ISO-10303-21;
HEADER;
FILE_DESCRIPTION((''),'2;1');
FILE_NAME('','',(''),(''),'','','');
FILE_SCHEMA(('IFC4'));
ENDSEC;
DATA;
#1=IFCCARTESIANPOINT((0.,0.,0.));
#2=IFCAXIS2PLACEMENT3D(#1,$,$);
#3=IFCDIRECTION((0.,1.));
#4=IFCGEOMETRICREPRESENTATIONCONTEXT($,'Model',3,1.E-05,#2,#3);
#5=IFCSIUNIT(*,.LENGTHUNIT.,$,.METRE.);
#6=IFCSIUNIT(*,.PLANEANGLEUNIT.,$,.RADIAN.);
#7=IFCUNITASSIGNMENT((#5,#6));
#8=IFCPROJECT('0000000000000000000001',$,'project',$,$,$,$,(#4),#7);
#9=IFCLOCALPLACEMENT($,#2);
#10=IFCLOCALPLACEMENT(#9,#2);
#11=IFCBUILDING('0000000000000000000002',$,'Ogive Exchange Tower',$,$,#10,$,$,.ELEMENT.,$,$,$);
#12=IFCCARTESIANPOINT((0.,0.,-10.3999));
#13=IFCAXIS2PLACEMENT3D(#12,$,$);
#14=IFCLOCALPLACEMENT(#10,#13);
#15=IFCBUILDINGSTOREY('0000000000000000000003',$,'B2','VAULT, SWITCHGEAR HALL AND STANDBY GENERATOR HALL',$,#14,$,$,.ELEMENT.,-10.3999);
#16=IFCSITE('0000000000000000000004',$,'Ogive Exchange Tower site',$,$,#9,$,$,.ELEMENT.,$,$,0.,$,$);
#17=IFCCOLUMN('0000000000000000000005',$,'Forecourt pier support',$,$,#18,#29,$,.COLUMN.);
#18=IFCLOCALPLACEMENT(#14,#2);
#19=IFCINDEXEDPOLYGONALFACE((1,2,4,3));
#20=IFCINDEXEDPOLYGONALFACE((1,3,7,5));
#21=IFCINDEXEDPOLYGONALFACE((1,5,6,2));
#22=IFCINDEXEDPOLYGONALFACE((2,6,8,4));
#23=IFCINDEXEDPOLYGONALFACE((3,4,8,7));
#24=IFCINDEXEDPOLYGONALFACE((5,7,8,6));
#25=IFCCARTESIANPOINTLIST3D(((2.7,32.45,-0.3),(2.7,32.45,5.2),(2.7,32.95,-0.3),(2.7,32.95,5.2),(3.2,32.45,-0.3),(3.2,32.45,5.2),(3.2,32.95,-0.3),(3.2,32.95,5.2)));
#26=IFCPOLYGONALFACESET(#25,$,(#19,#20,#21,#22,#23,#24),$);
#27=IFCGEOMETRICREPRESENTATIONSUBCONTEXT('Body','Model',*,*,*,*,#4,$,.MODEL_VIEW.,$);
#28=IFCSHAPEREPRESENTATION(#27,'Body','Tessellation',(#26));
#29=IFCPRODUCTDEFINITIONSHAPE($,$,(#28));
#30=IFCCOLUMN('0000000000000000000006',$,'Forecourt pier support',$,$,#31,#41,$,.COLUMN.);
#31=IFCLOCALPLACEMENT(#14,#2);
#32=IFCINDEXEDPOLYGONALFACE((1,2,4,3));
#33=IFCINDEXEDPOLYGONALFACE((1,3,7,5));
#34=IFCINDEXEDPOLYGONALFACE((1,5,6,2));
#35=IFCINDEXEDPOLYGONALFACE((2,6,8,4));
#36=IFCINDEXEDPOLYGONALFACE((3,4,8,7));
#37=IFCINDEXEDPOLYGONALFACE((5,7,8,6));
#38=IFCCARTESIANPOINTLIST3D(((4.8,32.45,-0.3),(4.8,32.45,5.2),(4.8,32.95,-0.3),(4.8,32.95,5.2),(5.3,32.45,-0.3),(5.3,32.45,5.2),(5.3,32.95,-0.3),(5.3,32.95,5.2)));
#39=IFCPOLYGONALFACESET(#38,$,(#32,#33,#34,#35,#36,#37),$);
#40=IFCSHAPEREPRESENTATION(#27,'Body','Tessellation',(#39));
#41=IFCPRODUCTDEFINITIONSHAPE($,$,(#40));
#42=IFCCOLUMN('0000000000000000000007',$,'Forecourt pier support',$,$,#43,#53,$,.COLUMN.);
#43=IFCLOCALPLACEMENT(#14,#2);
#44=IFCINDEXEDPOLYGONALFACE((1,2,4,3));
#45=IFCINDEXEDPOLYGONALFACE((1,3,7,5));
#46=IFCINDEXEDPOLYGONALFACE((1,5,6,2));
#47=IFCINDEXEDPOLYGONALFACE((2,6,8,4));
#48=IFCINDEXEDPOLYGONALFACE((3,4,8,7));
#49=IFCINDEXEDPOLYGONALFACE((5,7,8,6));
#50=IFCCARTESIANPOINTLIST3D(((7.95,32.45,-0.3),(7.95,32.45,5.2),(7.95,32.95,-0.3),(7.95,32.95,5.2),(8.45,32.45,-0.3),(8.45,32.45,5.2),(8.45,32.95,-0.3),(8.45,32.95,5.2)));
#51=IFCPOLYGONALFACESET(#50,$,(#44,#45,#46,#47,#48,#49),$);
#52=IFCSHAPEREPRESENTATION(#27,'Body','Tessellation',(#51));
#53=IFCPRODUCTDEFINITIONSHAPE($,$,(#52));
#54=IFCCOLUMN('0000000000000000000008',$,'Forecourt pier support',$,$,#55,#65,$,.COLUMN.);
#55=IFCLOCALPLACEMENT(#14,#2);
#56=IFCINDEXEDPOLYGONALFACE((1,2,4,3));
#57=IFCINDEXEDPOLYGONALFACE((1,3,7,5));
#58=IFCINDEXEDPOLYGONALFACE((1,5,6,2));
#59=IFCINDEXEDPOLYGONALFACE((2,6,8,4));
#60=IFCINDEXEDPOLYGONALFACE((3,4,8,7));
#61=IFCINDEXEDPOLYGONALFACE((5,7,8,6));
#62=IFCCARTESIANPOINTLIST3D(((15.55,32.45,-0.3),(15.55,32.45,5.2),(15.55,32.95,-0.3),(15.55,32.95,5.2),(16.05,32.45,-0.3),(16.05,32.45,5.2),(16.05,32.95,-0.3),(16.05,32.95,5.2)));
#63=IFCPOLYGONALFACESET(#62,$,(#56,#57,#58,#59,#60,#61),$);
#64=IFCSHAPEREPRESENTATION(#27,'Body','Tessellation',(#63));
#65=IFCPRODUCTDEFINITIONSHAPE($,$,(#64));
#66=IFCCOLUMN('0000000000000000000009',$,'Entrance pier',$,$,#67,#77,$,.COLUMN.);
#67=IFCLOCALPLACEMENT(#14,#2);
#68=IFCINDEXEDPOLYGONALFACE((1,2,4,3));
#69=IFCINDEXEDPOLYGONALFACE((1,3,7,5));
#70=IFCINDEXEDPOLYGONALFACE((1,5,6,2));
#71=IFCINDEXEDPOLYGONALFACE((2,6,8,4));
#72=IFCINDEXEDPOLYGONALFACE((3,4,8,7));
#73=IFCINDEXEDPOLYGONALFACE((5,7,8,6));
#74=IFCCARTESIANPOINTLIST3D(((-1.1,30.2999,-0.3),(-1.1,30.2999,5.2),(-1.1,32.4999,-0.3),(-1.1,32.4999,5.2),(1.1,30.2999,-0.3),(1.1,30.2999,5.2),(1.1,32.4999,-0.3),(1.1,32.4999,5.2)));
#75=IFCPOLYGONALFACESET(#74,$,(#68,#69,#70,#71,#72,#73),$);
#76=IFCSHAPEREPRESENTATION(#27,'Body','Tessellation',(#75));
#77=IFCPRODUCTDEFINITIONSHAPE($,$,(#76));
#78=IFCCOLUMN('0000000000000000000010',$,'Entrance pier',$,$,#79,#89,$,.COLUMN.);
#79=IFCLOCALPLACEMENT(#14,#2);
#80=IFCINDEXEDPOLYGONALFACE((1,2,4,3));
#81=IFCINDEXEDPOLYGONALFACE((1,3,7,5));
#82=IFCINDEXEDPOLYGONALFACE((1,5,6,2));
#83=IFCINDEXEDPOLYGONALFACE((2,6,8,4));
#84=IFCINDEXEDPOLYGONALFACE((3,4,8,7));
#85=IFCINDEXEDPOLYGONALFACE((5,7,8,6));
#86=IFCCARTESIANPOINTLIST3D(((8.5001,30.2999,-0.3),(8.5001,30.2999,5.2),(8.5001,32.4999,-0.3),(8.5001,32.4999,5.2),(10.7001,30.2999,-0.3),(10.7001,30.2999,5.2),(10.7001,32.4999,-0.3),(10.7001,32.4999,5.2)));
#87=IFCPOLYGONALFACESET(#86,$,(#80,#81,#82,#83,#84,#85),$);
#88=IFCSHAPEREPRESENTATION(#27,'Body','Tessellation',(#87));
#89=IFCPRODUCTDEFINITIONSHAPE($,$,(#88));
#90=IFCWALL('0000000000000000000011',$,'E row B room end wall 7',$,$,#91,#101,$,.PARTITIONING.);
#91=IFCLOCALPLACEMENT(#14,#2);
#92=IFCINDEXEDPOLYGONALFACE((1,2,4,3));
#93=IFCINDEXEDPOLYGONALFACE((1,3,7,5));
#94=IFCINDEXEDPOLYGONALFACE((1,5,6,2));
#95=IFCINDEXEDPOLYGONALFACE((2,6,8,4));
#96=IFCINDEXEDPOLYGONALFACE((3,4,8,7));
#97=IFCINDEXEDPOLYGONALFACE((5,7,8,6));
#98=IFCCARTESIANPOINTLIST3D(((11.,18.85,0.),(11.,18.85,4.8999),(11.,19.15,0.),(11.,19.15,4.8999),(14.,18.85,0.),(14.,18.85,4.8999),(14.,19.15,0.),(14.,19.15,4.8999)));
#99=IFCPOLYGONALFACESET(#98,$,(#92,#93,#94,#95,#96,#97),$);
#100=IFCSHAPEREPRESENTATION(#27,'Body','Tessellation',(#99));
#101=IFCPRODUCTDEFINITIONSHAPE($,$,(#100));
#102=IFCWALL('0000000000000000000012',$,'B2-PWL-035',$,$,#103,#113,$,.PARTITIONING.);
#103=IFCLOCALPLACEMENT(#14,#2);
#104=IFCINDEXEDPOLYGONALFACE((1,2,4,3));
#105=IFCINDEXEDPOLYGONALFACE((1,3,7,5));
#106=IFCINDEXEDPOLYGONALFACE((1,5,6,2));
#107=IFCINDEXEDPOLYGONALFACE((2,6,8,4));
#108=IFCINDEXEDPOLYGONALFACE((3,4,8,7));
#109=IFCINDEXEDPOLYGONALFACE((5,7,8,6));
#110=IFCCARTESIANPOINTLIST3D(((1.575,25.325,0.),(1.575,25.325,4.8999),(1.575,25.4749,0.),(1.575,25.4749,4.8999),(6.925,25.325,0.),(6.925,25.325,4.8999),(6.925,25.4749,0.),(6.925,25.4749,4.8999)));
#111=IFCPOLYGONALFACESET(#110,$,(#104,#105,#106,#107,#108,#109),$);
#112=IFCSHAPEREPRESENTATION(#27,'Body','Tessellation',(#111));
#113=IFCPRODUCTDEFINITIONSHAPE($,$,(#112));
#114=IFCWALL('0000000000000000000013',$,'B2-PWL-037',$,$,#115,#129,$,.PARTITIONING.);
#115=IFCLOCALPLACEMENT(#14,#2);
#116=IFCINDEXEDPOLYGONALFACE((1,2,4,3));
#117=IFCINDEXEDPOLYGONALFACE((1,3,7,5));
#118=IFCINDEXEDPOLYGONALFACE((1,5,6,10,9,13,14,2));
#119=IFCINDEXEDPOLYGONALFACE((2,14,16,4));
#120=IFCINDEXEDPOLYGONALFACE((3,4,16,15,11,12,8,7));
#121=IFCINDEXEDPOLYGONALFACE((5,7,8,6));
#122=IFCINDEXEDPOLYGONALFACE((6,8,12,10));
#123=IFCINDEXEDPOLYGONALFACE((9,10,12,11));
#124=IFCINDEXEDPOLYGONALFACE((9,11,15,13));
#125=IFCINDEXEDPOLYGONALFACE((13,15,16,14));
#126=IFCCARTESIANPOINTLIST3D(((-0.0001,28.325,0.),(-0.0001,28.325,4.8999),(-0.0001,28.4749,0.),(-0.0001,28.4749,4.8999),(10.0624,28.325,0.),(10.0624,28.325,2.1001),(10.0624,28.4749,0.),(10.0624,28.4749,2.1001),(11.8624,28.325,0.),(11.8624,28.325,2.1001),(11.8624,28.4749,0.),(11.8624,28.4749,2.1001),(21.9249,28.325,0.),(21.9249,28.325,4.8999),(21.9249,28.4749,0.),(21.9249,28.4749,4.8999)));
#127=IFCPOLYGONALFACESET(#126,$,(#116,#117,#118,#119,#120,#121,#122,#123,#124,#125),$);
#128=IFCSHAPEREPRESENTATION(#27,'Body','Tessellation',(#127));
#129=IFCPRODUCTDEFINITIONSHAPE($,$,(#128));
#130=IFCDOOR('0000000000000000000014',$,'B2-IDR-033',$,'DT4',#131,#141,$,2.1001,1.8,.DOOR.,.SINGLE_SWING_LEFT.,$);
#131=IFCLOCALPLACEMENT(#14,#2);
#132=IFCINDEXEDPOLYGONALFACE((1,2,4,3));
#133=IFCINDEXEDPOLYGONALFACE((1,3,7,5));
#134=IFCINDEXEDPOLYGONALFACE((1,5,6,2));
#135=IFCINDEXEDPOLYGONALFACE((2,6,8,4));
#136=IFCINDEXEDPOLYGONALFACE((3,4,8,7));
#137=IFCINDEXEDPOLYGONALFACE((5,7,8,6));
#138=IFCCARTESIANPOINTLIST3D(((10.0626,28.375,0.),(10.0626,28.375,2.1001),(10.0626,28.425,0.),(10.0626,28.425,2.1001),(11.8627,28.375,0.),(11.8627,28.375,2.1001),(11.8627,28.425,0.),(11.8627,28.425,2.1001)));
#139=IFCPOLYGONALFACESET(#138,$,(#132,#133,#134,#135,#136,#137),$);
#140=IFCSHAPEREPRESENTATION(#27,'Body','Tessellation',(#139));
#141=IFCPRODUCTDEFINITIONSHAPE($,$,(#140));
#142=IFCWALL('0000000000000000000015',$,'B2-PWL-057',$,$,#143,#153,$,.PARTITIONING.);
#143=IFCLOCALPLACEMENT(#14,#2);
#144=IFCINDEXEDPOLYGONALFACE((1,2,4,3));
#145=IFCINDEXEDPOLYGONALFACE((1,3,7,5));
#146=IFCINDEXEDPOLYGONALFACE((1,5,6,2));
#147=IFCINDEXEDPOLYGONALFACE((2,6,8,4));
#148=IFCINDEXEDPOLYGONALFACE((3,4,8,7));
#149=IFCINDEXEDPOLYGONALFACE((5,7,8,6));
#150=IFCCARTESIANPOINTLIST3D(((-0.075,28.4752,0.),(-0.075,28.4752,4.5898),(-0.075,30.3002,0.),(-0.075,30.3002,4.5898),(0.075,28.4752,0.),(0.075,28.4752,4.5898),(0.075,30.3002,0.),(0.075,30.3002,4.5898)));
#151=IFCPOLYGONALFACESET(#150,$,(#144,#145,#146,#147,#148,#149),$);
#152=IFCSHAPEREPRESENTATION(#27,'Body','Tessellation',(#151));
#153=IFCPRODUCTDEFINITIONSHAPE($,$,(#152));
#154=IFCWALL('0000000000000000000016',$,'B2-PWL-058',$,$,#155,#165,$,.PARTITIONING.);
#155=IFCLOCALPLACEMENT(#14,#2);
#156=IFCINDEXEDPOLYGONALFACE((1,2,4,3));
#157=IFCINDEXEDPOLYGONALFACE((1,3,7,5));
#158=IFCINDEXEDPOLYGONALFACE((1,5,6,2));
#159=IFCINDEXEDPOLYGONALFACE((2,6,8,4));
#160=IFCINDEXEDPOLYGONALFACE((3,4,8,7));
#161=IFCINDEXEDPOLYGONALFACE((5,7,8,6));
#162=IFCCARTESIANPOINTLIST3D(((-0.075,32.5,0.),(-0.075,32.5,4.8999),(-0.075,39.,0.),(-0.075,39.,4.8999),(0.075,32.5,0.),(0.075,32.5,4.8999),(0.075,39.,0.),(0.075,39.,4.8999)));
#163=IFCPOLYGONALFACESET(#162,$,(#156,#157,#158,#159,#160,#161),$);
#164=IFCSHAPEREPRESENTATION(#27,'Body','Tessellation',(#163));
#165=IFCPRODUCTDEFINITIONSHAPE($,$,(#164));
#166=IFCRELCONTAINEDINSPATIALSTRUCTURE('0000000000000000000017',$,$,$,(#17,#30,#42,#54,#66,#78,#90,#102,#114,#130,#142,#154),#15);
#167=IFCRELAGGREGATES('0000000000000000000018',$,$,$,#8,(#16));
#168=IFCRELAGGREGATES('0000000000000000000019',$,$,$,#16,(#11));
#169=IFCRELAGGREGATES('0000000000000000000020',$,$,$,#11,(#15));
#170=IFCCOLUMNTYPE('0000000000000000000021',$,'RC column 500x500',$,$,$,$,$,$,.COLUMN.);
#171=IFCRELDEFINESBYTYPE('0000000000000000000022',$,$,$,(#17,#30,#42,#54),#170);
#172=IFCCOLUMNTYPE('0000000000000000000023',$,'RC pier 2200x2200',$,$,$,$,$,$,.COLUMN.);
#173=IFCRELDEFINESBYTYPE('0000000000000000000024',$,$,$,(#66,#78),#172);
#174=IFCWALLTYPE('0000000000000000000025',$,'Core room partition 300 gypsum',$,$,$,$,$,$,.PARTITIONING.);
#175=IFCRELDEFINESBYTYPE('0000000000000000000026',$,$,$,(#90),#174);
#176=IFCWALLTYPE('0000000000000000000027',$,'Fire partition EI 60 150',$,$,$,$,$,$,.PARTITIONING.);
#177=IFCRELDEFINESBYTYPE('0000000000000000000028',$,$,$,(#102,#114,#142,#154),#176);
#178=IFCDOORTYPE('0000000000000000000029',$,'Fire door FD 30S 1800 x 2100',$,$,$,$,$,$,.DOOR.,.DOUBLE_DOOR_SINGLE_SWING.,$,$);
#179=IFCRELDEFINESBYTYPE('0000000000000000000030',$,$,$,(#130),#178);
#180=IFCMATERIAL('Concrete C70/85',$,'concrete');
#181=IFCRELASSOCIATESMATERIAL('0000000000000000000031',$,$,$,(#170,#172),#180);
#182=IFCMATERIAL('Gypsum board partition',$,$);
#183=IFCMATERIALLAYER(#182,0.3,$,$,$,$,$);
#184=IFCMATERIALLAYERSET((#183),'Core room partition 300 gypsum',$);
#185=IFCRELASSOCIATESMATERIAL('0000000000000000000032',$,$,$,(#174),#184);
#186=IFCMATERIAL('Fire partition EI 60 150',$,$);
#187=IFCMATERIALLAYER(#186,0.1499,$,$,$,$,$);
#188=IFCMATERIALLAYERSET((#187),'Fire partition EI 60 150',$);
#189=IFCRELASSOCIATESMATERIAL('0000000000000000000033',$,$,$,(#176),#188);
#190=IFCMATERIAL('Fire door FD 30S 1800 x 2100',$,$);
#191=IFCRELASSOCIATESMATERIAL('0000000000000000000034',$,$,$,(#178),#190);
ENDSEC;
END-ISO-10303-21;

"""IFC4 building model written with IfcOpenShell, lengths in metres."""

from ifc_helpers import new_model, si_unit, direction, frame, frame_2d, origin, origin_2d, place, context, subcontext, project, spatial, rectangle, extrude, material, layer, layer_set, material_profile, profile_set, type_object, element, fill, save


model = new_model("IFC4")

# Units and contexts
model_context = context("Model", 3, precision=1e-05, world=origin(), true_north=direction((0.0, 1.0)))
body_context = subcontext(model_context, "Body", "Model", "MODEL_VIEW")
ifc_project = project(units=[si_unit("LENGTHUNIT", "METRE"), si_unit("PLANEANGLEUNIT", "RADIAN")], contexts=[model_context])

# Site, building, storey
site_placement = place(None, origin())
site = spatial("IfcSite", under=ifc_project, at=site_placement, Name="Ogive Exchange Tower site", CompositionType="ELEMENT", RefElevation=0.0)
building_placement = place(site_placement, origin())
building = spatial("IfcBuilding", under=site, at=building_placement, Name="Ogive Exchange Tower", CompositionType="ELEMENT")
storey_placement = place(building_placement, frame((0.0, 0.0, -10.3999)))
storey = spatial("IfcBuildingStorey", under=building, at=storey_placement, Name="B2", Description="VAULT, SWITCHGEAR HALL AND STANDBY GENERATOR HALL", CompositionType="ELEMENT", Elevation=-10.3999)

# Columns
ifc_material_1 = material(Name="Concrete C70/85", Category="concrete")
ifc_material_profile_1 = material_profile(ifc_material_1, rectangle(XDim=0.5, YDim=0.5, at=origin_2d()), Name="RC 500x500")
ifc_profile_set_1 = profile_set([ifc_material_profile_1], Name="Concrete C70/85")
column_type_1 = type_object("IfcColumnType", Name="RC column 500x500", PredefinedType="COLUMN", material=ifc_profile_set_1)
for number, where, z_axis, x_axis, name in (
    (1, (2.95, 32.7, -0.3), (0.0, 0.0, 1.0), (1.0, 0.0, 0.0), "Forecourt pier support"),
    (2, (5.05, 32.7, -0.3), (0.0, 0.0, 1.0), (1.0, 0.0, 0.0), "Forecourt pier support"),
    (3, (8.2, 32.7, -0.3), (0.0, 0.0, 1.0), (1.0, 0.0, 0.0), "Forecourt pier support"),
    (4, (15.8, 32.7, -0.3), (0.0, 0.0, 1.0), (1.0, 0.0, 0.0), "Forecourt pier support"),
):
    element("IfcColumn", number, at=place(storey_placement, frame(where, z_axis=z_axis, x_axis=x_axis)), inside=storey, type_object=column_type_1, Name=name, PredefinedType="COLUMN", context=body_context, shape_type="SweptSolid", body=[
        extrude(rectangle(XDim=0.5, YDim=0.5, at=origin_2d()), origin(), (0.0, 0.0, 1.0), 5.5),
    ])
ifc_material_profile_2 = material_profile(ifc_material_1, rectangle(XDim=2.2, YDim=2.2, at=origin_2d()), Name="RC 2200x2200")
ifc_profile_set_2 = profile_set([ifc_material_profile_2], Name="Concrete C70/85")
column_type_2 = type_object("IfcColumnType", Name="RC pier 2200x2200", PredefinedType="COLUMN", material=ifc_profile_set_2)
for number, where, z_axis, x_axis, name in (
    (5, (0.0, 31.3999, -0.3), (0.0, 0.0, 1.0), (1.0, 0.0, 0.0), "Entrance pier"),
    (6, (9.6001, 31.3999, -0.3), (0.0, 0.0, 1.0), (1.0, 0.0, 0.0), "Entrance pier"),
):
    element("IfcColumn", number, at=place(storey_placement, frame(where, z_axis=z_axis, x_axis=x_axis)), inside=storey, type_object=column_type_2, Name=name, PredefinedType="COLUMN", context=body_context, shape_type="SweptSolid", body=[
        extrude(rectangle(XDim=2.2, YDim=2.2, at=origin_2d()), origin(), (0.0, 0.0, 1.0), 5.5),
    ])

# Walls
ifc_material_2 = material(Name="Gypsum board partition")
ifc_layer_1 = layer(ifc_material_2, 0.3)
ifc_layer_set_1 = layer_set([ifc_layer_1], Name="Core room partition 300 gypsum")
wall_type_1 = type_object("IfcWallType", Name="Core room partition 300 gypsum", PredefinedType="PARTITIONING", material=ifc_layer_set_1)
wall_1_placement = place(storey_placement, frame((11.0, 19.0, 0.0), z_axis=(0.0, 0.0, 1.0), x_axis=(1.0, 0.0, 0.0)))
element("IfcWall", 7, at=wall_1_placement, inside=storey, type_object=wall_type_1, Name="E row B room end wall 7", PredefinedType="PARTITIONING", context=body_context, shape_type="SweptSolid", body=[
    extrude(rectangle(XDim=3.0, YDim=0.3, at=frame_2d((1.5, 0.0))), origin(), (0.0, 0.0, 1.0), 4.8999),
])
ifc_material_3 = material(Name="Fire partition EI 60 150")
ifc_layer_2 = layer(ifc_material_3, 0.1499)
ifc_layer_set_2 = layer_set([ifc_layer_2], Name="Fire partition EI 60 150")
wall_type_2 = type_object("IfcWallType", Name="Fire partition EI 60 150", PredefinedType="PARTITIONING", material=ifc_layer_set_2)
wall_2_placement = place(storey_placement, frame((1.575, 25.3999, 0.0), z_axis=(0.0, 0.0, 1.0), x_axis=(1.0, 0.0, 0.0)))
element("IfcWall", 8, at=wall_2_placement, inside=storey, type_object=wall_type_2, Name="B2-PWL-035", PredefinedType="PARTITIONING", context=body_context, shape_type="SweptSolid", body=[
    extrude(rectangle(XDim=5.3501, YDim=0.1499, at=frame_2d((2.675, 0.0))), origin(), (0.0, 0.0, 1.0), 4.8999),
])

# Wall, opening, door
wall_3_placement = place(storey_placement, frame((0.0, 28.3999, 0.0), z_axis=(0.0, 0.0, 1.0), x_axis=(1.0, 0.0, 0.0)))
wall_3 = element("IfcWall", 9, at=wall_3_placement, inside=storey, type_object=wall_type_2, Name="B2-PWL-037", PredefinedType="PARTITIONING", context=body_context, shape_type="SweptSolid", body=[
    extrude(rectangle(XDim=21.925, YDim=0.1499, at=frame_2d((10.9624, 0.0))), origin(), (0.0, 0.0, 1.0), 4.8999),
])
opening_1_placement = place(wall_3_placement, frame((10.0625, 0.0, 0.0)))
opening_1 = element("IfcOpeningElement", 10, at=opening_1_placement, cuts=wall_3, PredefinedType="OPENING", context=body_context, shape_type="SweptSolid", body=[
    extrude(rectangle(XDim=1.8, YDim=2.1001, at=frame_2d((0.8999, 1.05))), frame((0.0, 0.085, 0.0), z_axis=(0.0, -1.0, 0.0), x_axis=(1.0, 0.0, 0.0)), (0.0, 0.0, 1.0), 0.1699),
])
ifc_material_4 = material(Name="Fire door FD 30S 1800 x 2100")
door_type_1 = type_object("IfcDoorType", Name="Fire door FD 30S 1800 x 2100", OperationType="DOUBLE_DOOR_SINGLE_SWING", PredefinedType="DOOR", material=ifc_material_4)
door_1_placement = place(opening_1_placement, frame((1.8, 0.0, 0.0), z_axis=(0.0, 0.0, 1.0), x_axis=(-1.0, 0.0, 0.0)))
door_1 = element("IfcDoor", 11, at=door_1_placement, inside=storey, type_object=door_type_1, Name="B2-IDR-033", ObjectType="DT4", OperationType="SINGLE_SWING_LEFT", OverallHeight=2.1001, OverallWidth=1.8, PredefinedType="DOOR", context=body_context, shape_type="SweptSolid", body=[
    extrude(rectangle(XDim=1.8, YDim=2.1001, at=frame_2d((0.8999, 1.05))), frame((0.0, 0.0249, 0.0), z_axis=(0.0, -1.0, 0.0), x_axis=(1.0, 0.0, 0.0)), (0.0, 0.0, 1.0), 0.05),
])
fill(opening_1, door_1)

# Walls
wall_4_placement = place(storey_placement, frame((0.0, 28.4751, 0.0), z_axis=(0.0, 0.0, 1.0), x_axis=(0.0, 1.0, 0.0)))
element("IfcWall", 12, at=wall_4_placement, inside=storey, type_object=wall_type_2, Name="B2-PWL-057", PredefinedType="PARTITIONING", context=body_context, shape_type="SweptSolid", body=[
    extrude(rectangle(XDim=1.825, YDim=0.1499, at=frame_2d((0.9126, 0.0))), origin(), (0.0, 0.0, 1.0), 4.5898),
])
wall_5_placement = place(storey_placement, frame((0.0, 32.5, 0.0), z_axis=(0.0, 0.0, 1.0), x_axis=(0.0, 1.0, 0.0)))
element("IfcWall", 13, at=wall_5_placement, inside=storey, type_object=wall_type_2, Name="B2-PWL-058", PredefinedType="PARTITIONING", context=body_context, shape_type="SweptSolid", body=[
    extrude(rectangle(XDim=6.5, YDim=0.1499, at=frame_2d((3.25, 0.0))), origin(), (0.0, 0.0, 1.0), 4.8999),
])

save(model, "model.ifc")
